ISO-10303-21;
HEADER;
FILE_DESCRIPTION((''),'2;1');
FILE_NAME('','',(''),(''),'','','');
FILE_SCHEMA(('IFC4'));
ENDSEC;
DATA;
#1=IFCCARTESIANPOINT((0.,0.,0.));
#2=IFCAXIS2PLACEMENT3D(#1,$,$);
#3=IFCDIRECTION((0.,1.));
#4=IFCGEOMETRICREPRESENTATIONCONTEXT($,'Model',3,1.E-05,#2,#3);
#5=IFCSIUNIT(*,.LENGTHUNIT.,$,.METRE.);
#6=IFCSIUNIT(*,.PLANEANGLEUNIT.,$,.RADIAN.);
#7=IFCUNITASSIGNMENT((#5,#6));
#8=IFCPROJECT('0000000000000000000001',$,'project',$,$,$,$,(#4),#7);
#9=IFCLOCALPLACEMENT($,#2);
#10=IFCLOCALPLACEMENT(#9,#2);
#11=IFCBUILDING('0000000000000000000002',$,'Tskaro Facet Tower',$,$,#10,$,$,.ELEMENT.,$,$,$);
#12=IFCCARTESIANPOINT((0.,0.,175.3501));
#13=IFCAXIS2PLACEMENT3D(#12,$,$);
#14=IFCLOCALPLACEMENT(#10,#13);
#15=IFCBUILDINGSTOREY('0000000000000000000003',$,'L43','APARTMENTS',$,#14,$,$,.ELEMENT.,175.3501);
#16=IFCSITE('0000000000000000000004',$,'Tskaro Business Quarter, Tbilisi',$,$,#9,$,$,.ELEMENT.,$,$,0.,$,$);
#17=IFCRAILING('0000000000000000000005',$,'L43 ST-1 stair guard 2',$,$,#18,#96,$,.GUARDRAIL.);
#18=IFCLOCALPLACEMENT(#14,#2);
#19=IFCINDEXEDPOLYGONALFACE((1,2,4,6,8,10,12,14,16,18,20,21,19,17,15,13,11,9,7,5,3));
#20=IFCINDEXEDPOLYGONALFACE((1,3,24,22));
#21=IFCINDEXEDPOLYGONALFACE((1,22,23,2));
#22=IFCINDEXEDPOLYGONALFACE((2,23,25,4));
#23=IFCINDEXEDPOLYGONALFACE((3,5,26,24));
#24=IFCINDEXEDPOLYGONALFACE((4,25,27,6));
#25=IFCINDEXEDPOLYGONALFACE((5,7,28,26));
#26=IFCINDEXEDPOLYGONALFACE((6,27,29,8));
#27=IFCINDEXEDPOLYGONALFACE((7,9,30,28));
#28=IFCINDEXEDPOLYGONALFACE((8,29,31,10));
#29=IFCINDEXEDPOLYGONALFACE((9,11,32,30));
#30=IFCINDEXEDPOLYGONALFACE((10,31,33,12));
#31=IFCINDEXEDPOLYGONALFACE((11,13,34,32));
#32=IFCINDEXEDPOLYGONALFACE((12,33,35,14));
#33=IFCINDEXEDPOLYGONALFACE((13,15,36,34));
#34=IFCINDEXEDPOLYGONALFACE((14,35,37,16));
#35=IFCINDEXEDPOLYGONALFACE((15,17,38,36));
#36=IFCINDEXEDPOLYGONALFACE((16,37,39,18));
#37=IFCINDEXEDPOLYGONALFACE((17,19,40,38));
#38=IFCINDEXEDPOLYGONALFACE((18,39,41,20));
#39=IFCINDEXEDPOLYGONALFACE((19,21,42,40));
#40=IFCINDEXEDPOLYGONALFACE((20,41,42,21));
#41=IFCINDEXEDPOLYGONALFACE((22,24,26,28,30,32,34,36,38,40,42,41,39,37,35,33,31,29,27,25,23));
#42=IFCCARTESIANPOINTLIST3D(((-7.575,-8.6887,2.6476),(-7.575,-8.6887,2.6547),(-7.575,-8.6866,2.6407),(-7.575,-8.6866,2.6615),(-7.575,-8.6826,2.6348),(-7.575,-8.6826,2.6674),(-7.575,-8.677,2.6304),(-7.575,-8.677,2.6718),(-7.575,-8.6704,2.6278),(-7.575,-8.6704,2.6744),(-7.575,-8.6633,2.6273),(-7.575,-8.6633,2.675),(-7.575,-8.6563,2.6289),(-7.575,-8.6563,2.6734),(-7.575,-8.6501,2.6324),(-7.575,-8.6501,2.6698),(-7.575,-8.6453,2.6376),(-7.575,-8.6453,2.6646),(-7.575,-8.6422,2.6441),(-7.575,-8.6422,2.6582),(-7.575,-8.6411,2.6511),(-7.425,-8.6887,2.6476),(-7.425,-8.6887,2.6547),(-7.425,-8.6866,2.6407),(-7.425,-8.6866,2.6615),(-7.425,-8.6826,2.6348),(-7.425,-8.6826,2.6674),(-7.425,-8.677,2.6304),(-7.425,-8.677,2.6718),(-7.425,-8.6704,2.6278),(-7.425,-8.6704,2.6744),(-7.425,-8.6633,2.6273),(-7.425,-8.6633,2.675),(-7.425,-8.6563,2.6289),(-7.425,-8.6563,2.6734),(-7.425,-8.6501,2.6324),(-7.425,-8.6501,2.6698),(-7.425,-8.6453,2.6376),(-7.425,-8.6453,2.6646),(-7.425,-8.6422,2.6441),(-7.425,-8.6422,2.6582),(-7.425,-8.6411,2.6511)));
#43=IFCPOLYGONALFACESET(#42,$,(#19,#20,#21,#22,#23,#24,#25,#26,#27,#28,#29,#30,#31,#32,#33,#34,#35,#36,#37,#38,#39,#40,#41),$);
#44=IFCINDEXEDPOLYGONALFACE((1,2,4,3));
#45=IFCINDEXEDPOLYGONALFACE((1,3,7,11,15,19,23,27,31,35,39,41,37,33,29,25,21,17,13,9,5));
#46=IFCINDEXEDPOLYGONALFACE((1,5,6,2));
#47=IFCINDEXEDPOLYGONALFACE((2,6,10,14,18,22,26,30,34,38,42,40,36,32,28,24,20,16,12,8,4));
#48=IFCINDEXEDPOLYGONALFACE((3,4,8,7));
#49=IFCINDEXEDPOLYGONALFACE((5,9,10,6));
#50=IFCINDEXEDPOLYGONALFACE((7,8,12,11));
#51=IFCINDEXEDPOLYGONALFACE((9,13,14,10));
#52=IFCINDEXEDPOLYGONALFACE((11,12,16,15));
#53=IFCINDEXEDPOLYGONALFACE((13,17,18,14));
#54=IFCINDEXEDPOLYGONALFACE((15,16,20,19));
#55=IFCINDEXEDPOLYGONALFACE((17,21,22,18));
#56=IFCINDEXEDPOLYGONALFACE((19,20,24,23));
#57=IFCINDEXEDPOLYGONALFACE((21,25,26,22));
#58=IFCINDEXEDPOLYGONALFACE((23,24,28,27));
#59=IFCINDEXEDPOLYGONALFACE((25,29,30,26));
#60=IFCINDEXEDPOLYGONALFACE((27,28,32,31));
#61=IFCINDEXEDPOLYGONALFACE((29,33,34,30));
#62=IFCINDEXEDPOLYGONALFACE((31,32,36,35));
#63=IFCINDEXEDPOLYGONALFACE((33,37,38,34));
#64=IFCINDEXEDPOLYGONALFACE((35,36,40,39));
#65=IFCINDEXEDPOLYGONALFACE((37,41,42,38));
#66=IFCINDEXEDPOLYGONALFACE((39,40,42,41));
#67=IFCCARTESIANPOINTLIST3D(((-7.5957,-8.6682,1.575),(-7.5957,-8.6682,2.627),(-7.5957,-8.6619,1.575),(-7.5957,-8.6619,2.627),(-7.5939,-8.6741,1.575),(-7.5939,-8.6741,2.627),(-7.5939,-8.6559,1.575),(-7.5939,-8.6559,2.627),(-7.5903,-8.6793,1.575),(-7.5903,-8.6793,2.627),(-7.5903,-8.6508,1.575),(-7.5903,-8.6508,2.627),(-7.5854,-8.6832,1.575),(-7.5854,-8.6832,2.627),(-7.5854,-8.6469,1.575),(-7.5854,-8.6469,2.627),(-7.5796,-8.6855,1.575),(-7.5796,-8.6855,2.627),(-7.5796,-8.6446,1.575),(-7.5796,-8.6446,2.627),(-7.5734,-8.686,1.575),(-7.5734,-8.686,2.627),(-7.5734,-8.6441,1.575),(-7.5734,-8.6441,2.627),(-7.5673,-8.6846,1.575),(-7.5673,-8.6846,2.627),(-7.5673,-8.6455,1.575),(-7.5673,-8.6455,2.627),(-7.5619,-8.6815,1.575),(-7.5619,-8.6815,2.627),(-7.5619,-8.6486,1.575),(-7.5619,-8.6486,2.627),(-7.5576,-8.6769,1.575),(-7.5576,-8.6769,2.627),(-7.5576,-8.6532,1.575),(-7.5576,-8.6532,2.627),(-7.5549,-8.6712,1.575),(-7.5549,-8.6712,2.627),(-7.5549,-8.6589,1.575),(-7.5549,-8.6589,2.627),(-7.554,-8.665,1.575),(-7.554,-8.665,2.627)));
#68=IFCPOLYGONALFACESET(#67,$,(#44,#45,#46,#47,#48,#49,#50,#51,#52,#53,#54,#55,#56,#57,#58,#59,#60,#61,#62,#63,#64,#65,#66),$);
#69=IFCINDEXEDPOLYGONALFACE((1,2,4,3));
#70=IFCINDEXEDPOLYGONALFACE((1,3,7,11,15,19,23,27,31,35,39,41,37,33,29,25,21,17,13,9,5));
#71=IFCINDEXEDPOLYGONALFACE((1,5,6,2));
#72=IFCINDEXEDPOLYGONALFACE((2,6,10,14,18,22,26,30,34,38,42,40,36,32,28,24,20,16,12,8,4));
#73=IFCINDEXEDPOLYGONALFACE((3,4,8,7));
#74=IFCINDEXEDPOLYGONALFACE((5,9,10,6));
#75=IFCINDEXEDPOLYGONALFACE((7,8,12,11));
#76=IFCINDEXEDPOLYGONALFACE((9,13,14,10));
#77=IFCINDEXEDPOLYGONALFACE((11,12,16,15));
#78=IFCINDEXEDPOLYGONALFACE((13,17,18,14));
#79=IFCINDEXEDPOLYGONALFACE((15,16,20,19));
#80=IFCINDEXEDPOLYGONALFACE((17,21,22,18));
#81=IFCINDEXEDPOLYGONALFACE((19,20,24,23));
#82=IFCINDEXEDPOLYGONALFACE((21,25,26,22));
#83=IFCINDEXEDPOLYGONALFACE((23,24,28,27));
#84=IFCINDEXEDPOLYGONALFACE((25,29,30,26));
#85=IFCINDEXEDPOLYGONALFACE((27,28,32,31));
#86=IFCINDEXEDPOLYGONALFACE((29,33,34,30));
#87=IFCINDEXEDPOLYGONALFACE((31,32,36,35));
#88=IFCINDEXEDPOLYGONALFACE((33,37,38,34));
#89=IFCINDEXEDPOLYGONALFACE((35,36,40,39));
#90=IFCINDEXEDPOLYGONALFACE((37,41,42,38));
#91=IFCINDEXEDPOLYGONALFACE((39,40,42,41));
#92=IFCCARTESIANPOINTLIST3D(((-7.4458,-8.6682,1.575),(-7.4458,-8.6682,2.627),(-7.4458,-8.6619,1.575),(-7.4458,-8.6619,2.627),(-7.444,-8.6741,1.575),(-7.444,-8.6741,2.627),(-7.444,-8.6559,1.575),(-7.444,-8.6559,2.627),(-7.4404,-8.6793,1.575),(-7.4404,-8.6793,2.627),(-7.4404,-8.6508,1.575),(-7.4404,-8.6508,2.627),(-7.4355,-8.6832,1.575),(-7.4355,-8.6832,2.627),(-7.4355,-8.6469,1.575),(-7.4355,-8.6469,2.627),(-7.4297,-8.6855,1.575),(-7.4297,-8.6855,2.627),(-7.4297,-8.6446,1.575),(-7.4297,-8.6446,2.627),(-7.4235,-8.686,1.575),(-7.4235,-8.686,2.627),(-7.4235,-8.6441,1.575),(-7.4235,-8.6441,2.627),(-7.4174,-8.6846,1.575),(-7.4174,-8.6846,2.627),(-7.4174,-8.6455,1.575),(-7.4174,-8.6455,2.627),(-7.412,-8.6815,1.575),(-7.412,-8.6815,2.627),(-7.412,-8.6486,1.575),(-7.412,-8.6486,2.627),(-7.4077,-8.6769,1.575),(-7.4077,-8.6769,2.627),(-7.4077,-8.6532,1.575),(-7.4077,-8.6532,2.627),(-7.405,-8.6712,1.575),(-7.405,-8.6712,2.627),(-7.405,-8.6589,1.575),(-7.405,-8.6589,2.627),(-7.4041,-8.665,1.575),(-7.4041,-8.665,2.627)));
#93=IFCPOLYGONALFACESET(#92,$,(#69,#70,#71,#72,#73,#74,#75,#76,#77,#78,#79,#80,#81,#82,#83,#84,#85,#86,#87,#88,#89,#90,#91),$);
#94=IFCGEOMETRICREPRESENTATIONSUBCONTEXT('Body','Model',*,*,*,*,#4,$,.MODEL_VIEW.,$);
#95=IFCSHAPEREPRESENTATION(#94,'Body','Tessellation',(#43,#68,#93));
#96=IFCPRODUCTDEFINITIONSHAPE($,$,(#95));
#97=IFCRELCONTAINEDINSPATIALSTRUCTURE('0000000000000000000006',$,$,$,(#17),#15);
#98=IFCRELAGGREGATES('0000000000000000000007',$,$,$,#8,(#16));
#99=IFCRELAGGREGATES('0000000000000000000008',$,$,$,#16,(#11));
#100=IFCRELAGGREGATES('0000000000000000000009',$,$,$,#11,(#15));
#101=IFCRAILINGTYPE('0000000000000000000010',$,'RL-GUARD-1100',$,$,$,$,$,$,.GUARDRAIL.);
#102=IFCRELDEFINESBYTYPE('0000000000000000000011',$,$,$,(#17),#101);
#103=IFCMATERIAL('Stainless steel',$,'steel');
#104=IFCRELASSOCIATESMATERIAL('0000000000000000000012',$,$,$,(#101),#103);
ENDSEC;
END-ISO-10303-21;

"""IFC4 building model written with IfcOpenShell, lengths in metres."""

from ifc_helpers import new_model, si_unit, direction, frame, origin, origin_2d, place, context, subcontext, project, spatial, circle, extrude, material, type_object, element, save


model = new_model("IFC4")

# Units and contexts
model_context = context("Model", 3, precision=1e-05, world=origin(), true_north=direction((0.0, 1.0)))
body_context = subcontext(model_context, "Body", "Model", "MODEL_VIEW")
ifc_project = project(units=[si_unit("LENGTHUNIT", "METRE"), si_unit("PLANEANGLEUNIT", "RADIAN")], contexts=[model_context])

# Site, building, storey
site_placement = place(None, origin())
site = spatial("IfcSite", under=ifc_project, at=site_placement, Name="Tskaro Business Quarter, Tbilisi", CompositionType="ELEMENT", RefElevation=0.0)
building_placement = place(site_placement, origin())
building = spatial("IfcBuilding", under=site, at=building_placement, Name="Tskaro Facet Tower", CompositionType="ELEMENT")
storey_placement = place(building_placement, frame((0.0, 0.0, 175.3501)))
storey = spatial("IfcBuildingStorey", under=building, at=storey_placement, Name="L43", Description="APARTMENTS", CompositionType="ELEMENT", Elevation=175.3501)

# Shared definitions
ifc_material_1 = material(Name="Stainless steel", Category="steel")

# Railing
railing_type_1 = type_object("IfcRailingType", Name="RL-GUARD-1100", PredefinedType="GUARDRAIL", material=ifc_material_1)
railing_1_placement = place(storey_placement, frame((-7.575, -8.665, 1.575)))
element("IfcRailing", 1, at=railing_1_placement, inside=storey, type_object=railing_type_1, Name="L43 ST-1 stair guard 2", PredefinedType="GUARDRAIL", context=body_context, shape_type="SweptSolid", body=[
    extrude(circle(Radius=0.0239, at=origin_2d()), frame((0.0, 0.0, 1.0762), z_axis=(1.0, 0.0, 0.0), x_axis=(0.0, 1.0, 0.0)), (0.0, 0.0, 1.0), 0.1499),
    extrude(circle(Radius=0.021, at=origin_2d()), origin(), (0.0, 0.0, 1.0), 1.052),
    extrude(circle(Radius=0.021, at=origin_2d()), frame((0.1499, 0.0, 0.0)), (0.0, 0.0, 1.0), 1.052),
])

save(model, "model.ifc")
